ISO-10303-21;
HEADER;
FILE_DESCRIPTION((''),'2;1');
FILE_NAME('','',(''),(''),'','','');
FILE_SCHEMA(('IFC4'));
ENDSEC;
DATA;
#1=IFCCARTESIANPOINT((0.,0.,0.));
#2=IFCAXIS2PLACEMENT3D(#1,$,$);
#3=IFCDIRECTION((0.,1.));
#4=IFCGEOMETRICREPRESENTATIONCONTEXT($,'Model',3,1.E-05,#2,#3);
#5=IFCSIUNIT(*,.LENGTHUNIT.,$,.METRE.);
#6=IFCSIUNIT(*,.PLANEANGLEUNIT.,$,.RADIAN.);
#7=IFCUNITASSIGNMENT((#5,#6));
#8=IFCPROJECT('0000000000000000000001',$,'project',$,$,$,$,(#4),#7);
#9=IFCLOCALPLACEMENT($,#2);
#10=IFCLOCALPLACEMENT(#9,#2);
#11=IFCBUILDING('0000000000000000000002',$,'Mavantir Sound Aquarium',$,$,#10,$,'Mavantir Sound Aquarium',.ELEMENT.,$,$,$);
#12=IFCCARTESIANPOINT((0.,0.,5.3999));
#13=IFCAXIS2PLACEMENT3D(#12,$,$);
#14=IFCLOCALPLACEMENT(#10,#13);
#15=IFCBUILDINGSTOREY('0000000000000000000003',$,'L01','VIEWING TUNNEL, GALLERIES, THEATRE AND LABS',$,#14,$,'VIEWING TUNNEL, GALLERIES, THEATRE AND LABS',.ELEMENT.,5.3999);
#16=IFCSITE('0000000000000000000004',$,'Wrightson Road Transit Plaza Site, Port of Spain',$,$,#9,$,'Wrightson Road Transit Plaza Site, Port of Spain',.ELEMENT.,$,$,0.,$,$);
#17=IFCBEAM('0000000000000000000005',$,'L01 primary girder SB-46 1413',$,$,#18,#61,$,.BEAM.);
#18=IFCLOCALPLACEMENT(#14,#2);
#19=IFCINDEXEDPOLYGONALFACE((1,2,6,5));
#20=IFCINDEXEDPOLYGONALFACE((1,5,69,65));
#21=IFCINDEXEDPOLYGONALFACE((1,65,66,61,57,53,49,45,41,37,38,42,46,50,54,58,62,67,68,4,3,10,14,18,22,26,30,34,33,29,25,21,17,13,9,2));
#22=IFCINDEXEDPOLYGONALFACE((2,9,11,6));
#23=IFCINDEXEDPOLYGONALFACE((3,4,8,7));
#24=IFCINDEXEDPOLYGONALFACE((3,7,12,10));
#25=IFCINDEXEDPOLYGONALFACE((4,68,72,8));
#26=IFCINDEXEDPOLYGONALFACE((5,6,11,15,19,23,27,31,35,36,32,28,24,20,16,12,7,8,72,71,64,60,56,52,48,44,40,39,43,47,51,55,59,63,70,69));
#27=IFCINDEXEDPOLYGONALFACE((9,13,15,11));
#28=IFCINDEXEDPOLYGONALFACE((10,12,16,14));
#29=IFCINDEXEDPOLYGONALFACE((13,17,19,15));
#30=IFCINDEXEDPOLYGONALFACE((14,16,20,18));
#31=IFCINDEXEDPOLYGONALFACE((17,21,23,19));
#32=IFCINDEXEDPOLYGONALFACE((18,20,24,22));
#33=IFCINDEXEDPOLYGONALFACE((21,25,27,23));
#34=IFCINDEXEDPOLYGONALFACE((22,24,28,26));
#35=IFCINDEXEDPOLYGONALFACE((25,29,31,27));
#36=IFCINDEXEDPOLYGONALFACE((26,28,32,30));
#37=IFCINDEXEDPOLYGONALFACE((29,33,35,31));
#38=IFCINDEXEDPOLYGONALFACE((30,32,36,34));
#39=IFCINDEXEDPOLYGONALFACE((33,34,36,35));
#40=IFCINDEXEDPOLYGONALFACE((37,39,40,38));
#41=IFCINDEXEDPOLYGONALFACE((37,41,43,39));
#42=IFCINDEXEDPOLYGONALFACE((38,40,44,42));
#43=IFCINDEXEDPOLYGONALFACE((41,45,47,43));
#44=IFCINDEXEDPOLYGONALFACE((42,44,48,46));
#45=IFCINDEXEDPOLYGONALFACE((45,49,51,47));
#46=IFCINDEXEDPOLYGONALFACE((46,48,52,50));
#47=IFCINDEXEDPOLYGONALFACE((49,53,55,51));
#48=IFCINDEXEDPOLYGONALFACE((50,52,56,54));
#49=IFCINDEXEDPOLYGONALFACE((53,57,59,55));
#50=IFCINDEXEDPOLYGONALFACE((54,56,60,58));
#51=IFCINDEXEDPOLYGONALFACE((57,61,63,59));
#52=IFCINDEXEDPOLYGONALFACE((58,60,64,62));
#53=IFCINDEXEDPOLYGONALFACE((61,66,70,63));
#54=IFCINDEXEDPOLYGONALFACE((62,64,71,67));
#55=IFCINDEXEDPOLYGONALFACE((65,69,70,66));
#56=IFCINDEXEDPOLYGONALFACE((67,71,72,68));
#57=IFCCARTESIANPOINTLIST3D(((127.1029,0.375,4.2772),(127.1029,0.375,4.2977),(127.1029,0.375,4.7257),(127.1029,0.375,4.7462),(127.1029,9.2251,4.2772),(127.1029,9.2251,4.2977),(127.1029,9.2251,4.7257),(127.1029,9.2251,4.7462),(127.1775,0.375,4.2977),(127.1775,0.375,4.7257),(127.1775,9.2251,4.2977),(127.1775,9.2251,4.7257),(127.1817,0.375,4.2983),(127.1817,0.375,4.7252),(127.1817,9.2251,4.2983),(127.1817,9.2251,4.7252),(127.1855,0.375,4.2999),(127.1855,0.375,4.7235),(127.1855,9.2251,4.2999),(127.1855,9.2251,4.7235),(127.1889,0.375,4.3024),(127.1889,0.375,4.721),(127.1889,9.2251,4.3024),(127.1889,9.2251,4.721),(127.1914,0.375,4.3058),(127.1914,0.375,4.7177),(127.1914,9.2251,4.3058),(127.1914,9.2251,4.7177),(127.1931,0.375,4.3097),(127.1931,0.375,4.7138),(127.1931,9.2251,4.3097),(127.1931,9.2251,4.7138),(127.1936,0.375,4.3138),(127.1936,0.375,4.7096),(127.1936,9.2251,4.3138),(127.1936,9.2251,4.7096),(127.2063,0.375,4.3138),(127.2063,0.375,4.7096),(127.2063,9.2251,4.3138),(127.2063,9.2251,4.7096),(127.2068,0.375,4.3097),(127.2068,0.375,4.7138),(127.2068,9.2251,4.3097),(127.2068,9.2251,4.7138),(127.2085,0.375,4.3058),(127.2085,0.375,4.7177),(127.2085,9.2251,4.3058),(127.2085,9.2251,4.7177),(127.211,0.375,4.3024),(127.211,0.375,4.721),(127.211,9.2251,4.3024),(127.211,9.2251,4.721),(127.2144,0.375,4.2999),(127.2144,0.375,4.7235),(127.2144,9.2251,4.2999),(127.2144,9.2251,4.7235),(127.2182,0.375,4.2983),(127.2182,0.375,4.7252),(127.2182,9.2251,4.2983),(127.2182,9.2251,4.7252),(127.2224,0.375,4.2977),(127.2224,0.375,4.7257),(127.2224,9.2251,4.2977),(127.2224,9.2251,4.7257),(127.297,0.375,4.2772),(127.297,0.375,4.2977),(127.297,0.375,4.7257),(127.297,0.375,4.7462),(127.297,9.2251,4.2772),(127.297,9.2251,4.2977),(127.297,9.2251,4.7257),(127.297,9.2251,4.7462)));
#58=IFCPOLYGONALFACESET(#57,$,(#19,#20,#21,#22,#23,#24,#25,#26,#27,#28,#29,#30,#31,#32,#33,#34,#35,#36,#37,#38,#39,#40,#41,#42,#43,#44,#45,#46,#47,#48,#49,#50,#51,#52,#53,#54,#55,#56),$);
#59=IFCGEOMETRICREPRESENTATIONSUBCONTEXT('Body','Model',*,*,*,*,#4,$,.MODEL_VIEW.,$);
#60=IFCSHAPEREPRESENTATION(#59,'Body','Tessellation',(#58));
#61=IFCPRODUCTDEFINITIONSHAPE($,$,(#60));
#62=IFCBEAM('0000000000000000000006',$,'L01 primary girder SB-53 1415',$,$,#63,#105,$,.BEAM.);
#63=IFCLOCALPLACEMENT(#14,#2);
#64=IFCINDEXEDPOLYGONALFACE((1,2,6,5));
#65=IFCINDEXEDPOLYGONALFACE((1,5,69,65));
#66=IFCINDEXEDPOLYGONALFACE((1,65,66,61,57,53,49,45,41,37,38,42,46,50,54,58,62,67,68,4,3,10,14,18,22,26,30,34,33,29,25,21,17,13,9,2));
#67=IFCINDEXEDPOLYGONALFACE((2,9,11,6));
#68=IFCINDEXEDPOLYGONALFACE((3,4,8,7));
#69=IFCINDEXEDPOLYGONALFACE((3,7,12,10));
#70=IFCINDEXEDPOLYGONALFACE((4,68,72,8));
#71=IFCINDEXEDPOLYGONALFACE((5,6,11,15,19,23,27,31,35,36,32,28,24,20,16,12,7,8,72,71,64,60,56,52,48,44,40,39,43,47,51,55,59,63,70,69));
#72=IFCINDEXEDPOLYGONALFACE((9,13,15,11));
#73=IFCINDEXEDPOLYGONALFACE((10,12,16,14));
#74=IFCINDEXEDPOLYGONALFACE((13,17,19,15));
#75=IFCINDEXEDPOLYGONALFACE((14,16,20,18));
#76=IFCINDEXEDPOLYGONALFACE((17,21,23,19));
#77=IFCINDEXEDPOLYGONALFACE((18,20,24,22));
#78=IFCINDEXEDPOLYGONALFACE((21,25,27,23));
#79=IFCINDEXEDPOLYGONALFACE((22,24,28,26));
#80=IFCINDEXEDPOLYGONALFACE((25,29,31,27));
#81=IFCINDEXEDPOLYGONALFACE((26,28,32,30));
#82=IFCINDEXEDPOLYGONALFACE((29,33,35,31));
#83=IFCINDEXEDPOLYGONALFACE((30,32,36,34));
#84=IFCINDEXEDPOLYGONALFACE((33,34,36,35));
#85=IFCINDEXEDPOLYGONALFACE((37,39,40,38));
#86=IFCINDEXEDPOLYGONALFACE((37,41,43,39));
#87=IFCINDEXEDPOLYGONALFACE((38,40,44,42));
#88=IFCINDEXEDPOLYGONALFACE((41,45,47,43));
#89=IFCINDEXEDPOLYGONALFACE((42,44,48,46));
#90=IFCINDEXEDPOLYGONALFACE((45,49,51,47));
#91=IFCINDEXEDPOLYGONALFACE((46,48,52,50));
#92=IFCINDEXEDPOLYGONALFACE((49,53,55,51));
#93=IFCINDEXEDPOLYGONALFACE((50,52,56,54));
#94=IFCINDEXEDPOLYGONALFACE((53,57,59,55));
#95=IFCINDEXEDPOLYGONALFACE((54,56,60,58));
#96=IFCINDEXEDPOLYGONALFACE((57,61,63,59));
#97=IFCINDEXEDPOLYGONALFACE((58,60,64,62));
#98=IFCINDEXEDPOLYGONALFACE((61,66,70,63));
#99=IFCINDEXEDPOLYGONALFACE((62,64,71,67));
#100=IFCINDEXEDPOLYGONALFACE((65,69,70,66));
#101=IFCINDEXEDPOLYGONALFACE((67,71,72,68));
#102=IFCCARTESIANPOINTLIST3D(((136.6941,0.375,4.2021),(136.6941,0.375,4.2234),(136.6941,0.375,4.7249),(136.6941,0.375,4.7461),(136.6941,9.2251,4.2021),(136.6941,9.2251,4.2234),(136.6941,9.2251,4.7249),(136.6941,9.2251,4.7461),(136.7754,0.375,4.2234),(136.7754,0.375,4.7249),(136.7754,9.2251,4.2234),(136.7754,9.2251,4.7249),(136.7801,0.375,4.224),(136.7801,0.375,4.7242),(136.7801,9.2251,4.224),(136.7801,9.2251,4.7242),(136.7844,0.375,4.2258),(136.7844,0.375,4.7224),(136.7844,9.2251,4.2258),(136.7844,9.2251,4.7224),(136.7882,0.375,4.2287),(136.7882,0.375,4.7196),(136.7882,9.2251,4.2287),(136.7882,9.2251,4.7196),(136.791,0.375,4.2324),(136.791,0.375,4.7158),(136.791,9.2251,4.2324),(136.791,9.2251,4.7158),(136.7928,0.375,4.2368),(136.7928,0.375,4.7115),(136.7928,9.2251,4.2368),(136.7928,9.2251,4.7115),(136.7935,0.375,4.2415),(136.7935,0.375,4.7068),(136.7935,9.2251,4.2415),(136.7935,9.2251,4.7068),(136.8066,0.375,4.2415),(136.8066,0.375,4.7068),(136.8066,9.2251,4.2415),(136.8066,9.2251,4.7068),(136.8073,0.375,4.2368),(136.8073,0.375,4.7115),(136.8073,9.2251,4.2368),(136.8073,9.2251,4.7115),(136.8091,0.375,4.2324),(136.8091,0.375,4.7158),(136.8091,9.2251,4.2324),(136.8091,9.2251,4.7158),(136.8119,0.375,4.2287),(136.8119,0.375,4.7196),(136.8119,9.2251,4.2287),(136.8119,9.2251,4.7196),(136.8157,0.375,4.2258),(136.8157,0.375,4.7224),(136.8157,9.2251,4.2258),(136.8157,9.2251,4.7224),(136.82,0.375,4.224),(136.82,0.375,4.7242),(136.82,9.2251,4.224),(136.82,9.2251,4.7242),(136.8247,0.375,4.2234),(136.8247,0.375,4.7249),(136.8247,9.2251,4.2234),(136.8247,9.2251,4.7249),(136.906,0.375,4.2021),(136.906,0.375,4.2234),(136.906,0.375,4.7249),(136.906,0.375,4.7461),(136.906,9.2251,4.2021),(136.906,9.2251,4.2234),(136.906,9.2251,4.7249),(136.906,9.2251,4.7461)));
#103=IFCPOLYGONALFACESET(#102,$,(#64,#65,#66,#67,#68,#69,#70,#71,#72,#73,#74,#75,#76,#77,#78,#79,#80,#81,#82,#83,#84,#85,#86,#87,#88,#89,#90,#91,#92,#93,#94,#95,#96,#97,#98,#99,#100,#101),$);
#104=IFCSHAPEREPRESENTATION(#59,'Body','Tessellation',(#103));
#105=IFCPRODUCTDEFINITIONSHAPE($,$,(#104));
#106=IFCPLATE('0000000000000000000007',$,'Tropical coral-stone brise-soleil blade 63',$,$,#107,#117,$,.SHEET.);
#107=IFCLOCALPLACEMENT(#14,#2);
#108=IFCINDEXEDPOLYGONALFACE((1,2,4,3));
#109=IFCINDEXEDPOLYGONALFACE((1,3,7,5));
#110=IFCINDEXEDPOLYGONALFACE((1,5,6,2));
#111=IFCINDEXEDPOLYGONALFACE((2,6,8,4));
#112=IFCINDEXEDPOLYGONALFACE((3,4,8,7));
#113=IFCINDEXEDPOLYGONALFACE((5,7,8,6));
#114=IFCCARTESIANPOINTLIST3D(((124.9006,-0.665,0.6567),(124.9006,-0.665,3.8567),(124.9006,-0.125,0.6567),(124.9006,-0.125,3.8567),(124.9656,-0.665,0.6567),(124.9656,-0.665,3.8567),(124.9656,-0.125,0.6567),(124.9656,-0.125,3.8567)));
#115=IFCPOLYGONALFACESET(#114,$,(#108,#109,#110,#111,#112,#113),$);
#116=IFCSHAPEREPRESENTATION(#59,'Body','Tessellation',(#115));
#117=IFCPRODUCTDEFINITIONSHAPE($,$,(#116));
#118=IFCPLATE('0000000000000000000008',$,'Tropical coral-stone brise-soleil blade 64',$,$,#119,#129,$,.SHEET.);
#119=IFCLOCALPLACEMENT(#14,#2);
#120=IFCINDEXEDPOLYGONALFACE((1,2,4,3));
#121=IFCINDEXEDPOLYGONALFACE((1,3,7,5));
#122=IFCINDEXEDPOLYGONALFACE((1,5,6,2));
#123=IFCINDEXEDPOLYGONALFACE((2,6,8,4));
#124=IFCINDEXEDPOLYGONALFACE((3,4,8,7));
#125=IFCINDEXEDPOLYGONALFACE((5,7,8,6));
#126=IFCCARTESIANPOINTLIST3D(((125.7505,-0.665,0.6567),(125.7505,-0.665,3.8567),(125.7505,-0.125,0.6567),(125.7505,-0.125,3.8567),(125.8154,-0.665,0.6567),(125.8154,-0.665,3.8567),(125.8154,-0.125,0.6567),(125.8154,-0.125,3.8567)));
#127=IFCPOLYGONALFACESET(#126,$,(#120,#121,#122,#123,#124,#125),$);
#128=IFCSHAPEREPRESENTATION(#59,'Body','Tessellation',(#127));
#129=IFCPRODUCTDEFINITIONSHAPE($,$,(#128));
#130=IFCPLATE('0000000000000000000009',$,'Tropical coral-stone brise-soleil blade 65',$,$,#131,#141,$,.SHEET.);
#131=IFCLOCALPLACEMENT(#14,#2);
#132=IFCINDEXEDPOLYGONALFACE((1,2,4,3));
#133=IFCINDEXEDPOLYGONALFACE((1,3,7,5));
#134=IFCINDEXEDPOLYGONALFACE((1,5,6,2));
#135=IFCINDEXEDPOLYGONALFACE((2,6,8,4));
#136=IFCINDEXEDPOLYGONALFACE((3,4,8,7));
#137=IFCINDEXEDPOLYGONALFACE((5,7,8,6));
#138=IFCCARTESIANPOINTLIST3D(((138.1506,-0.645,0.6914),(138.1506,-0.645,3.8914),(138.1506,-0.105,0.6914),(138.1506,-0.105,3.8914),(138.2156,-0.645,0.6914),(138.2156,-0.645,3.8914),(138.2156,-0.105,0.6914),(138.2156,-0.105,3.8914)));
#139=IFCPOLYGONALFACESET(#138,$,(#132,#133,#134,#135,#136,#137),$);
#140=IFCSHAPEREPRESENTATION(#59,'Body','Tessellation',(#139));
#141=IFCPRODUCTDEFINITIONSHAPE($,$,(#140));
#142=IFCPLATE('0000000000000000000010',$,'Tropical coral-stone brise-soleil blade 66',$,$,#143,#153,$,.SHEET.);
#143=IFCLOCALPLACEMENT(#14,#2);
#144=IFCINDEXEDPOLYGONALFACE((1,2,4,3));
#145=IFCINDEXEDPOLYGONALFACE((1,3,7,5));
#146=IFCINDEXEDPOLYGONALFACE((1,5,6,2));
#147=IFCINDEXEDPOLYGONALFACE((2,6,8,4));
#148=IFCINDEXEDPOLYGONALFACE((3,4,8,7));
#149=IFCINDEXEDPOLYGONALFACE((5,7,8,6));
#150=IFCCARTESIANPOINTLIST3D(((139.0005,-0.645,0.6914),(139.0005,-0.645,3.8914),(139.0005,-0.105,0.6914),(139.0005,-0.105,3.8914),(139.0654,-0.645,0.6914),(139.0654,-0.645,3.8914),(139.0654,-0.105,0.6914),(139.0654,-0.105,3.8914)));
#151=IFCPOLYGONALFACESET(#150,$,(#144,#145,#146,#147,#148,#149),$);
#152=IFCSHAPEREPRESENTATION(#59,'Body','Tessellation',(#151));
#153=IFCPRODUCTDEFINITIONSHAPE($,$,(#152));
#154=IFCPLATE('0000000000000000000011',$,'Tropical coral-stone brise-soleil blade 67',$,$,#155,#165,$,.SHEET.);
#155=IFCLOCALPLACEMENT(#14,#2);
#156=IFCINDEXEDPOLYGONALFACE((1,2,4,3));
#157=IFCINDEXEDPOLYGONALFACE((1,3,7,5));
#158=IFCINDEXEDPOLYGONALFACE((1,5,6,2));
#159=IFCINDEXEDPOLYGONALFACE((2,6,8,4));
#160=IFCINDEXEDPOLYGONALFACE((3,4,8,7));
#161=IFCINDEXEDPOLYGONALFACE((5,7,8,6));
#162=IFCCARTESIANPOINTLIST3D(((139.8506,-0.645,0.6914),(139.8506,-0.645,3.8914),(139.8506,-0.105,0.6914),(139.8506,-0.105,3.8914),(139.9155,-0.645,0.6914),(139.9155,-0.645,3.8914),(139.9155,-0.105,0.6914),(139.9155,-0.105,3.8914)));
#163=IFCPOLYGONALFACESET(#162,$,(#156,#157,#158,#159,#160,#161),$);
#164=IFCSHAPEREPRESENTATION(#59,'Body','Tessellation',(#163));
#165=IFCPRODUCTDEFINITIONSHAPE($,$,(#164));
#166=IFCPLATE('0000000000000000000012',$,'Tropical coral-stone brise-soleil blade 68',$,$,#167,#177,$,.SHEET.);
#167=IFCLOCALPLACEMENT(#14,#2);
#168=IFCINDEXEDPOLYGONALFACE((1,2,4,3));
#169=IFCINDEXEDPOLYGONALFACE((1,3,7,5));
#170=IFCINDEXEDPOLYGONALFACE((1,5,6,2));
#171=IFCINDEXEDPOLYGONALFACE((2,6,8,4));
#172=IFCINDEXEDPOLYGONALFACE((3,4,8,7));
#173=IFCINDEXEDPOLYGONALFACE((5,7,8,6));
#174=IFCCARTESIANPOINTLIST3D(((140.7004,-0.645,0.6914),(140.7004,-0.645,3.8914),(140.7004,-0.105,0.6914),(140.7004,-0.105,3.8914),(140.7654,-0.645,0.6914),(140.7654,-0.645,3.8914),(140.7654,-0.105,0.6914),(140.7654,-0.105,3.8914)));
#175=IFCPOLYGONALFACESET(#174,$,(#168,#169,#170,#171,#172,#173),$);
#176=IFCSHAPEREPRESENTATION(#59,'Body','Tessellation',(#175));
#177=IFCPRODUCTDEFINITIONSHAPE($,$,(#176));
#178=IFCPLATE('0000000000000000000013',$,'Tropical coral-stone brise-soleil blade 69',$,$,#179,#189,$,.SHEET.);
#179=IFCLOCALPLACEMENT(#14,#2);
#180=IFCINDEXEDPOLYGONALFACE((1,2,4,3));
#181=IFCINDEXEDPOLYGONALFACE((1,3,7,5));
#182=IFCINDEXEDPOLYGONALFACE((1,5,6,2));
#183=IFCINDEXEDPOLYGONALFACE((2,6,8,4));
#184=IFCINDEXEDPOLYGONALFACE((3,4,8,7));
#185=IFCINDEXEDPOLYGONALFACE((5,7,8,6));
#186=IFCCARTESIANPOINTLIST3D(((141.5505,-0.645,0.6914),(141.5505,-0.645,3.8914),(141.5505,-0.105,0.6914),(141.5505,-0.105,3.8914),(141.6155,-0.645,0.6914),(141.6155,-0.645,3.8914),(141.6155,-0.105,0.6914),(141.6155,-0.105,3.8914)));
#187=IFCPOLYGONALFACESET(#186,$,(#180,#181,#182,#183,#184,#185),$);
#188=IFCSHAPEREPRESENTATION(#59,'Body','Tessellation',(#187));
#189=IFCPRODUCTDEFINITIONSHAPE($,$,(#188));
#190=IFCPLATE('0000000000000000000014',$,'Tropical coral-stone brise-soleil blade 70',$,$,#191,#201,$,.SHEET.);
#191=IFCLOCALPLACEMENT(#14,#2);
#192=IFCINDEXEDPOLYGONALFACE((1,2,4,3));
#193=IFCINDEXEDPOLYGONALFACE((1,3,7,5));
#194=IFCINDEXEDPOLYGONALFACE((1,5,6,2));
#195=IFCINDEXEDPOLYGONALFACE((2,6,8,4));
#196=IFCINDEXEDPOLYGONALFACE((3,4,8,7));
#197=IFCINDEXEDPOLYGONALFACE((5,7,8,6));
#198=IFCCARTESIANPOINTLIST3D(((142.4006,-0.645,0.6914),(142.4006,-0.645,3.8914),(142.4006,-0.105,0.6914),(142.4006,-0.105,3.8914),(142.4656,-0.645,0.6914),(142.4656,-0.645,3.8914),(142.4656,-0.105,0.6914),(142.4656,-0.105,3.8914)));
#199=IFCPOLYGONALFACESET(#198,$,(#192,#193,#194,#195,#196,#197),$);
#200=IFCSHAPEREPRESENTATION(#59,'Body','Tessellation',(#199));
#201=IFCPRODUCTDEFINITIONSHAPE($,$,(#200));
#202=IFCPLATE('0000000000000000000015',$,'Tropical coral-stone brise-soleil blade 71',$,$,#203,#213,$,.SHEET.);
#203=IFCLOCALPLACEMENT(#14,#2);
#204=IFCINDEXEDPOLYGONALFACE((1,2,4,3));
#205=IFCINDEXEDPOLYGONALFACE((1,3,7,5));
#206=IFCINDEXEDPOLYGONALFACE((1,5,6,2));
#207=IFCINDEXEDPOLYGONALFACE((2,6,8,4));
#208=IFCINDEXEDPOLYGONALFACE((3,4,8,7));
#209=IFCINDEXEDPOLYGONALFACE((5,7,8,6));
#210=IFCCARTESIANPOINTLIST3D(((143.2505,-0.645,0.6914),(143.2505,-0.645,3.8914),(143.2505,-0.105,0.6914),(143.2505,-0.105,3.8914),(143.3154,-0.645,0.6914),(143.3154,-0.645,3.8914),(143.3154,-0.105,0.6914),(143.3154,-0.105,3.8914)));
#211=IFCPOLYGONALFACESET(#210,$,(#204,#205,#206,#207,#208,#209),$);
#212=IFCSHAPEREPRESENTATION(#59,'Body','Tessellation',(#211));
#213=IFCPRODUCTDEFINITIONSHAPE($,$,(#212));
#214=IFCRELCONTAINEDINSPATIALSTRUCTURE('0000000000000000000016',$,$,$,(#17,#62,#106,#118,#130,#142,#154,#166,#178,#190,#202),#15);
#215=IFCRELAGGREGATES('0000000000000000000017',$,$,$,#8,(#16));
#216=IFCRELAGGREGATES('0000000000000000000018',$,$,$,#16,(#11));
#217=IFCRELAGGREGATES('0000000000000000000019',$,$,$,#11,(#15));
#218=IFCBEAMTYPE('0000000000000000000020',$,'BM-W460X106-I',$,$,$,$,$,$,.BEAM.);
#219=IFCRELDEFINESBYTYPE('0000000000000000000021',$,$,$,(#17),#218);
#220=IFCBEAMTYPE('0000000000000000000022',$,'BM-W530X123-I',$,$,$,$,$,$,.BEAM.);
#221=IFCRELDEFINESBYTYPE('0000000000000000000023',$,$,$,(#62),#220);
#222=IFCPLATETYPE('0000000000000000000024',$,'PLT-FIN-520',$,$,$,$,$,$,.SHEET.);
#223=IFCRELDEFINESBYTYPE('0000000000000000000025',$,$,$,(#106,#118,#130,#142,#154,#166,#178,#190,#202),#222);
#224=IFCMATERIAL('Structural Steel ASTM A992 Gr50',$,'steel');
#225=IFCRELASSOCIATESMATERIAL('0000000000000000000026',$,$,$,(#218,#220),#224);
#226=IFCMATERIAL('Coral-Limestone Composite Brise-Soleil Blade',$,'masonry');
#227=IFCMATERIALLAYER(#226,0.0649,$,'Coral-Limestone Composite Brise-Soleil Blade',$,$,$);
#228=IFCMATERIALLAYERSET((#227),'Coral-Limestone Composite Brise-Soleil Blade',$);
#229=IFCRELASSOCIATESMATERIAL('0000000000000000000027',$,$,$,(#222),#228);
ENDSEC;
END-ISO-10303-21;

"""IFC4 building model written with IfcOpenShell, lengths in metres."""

from ifc_helpers import new_model, si_unit, direction, frame, origin, origin_2d, place, context, subcontext, project, spatial, rectangle, i_section, extrude, material, layer, layer_set, material_profile, profile_set, type_object, element, save


model = new_model("IFC4")

# Units and contexts
model_context = context("Model", 3, precision=1e-05, world=origin(), true_north=direction((0.0, 1.0)))
body_context = subcontext(model_context, "Body", "Model", "MODEL_VIEW")
ifc_project = project(units=[si_unit("LENGTHUNIT", "METRE"), si_unit("PLANEANGLEUNIT", "RADIAN")], contexts=[model_context])

# Site, building, storey
site_placement = place(None, origin())
site = spatial("IfcSite", under=ifc_project, at=site_placement, Name="Wrightson Road Transit Plaza Site, Port of Spain", LongName="Wrightson Road Transit Plaza Site, Port of Spain", CompositionType="ELEMENT", RefElevation=0.0)
building_placement = place(site_placement, origin())
building = spatial("IfcBuilding", under=site, at=building_placement, Name="Mavantir Sound Aquarium", LongName="Mavantir Sound Aquarium", CompositionType="ELEMENT")
storey_placement = place(building_placement, frame((0.0, 0.0, 5.3999)))
storey = spatial("IfcBuildingStorey", under=building, at=storey_placement, Name="L01", Description="VIEWING TUNNEL, GALLERIES, THEATRE AND LABS", LongName="VIEWING TUNNEL, GALLERIES, THEATRE AND LABS", CompositionType="ELEMENT", Elevation=5.3999)

# Beams
ifc_material_1 = material(Name="Structural Steel ASTM A992 Gr50", Category="steel")
ifc_material_profile_1 = material_profile(ifc_material_1, i_section(OverallWidth=0.1941, OverallDepth=0.469, WebThickness=0.0127, FlangeThickness=0.0205, FilletRadius=0.0161, at=origin_2d()), Name="W460X106")
ifc_profile_set_1 = profile_set([ifc_material_profile_1], Name="Structural Steel ASTM A992 Gr50")
beam_type_1 = type_object("IfcBeamType", Name="BM-W460X106-I", PredefinedType="BEAM", material=ifc_profile_set_1)
beam_1_placement = place(storey_placement, frame((127.2, 0.375, 4.5117), z_axis=(0.0, 1.0, 0.0), x_axis=(-1.0, 0.0, 0.0)))
element("IfcBeam", 1, at=beam_1_placement, inside=storey, type_object=beam_type_1, Name="L01 primary girder SB-46 1413", PredefinedType="BEAM", context=body_context, shape_type="SweptSolid", body=[
    extrude(i_section(OverallWidth=0.1941, OverallDepth=0.469, WebThickness=0.0127, FlangeThickness=0.0205, FilletRadius=0.0161, at=origin_2d()), origin(), (0.0, 0.0, 1.0), 8.8501),
])
ifc_material_profile_2 = material_profile(ifc_material_1, i_section(OverallWidth=0.2119, OverallDepth=0.5439, WebThickness=0.0132, FlangeThickness=0.0212, FilletRadius=0.0181, at=origin_2d()), Name="W530X123")
ifc_profile_set_2 = profile_set([ifc_material_profile_2], Name="Structural Steel ASTM A992 Gr50")
beam_type_2 = type_object("IfcBeamType", Name="BM-W530X123-I", PredefinedType="BEAM", material=ifc_profile_set_2)
beam_2_placement = place(storey_placement, frame((136.8, 0.375, 4.4741), z_axis=(0.0, 1.0, 0.0), x_axis=(-1.0, 0.0, 0.0)))
element("IfcBeam", 2, at=beam_2_placement, inside=storey, type_object=beam_type_2, Name="L01 primary girder SB-53 1415", PredefinedType="BEAM", context=body_context, shape_type="SweptSolid", body=[
    extrude(i_section(OverallWidth=0.2119, OverallDepth=0.5439, WebThickness=0.0132, FlangeThickness=0.0212, FilletRadius=0.0181, at=origin_2d()), origin(), (0.0, 0.0, 1.0), 8.8501),
])

# Plates
ifc_material_2 = material(Name="Coral-Limestone Composite Brise-Soleil Blade", Category="masonry")
ifc_layer_1 = layer(ifc_material_2, 0.0649, Name="Coral-Limestone Composite Brise-Soleil Blade")
ifc_layer_set_1 = layer_set([ifc_layer_1], Name="Coral-Limestone Composite Brise-Soleil Blade")
plate_type = type_object("IfcPlateType", Name="PLT-FIN-520", PredefinedType="SHEET", material=ifc_layer_set_1)
for number, where, z_axis, x_axis, name in (
    (3, (124.9331, -0.395, 0.6567), (0.0, 0.0, 1.0), (-1.0, 0.0, 0.0), "Tropical coral-stone brise-soleil blade 63"),
    (4, (125.783, -0.395, 0.6567), (0.0, 0.0, 1.0), (-1.0, 0.0, 0.0), "Tropical coral-stone brise-soleil blade 64"),
    (5, (138.1831, -0.375, 0.6914), (0.0, 0.0, 1.0), (-1.0, 0.0, 0.0), "Tropical coral-stone brise-soleil blade 65"),
    (6, (139.033, -0.375, 0.6914), (0.0, 0.0, 1.0), (-1.0, 0.0, 0.0), "Tropical coral-stone brise-soleil blade 66"),
    (7, (139.8831, -0.375, 0.6914), (0.0, 0.0, 1.0), (-1.0, 0.0, 0.0), "Tropical coral-stone brise-soleil blade 67"),
    (8, (140.7329, -0.375, 0.6914), (0.0, 0.0, 1.0), (-1.0, 0.0, 0.0), "Tropical coral-stone brise-soleil blade 68"),
    (9, (141.583, -0.375, 0.6914), (0.0, 0.0, 1.0), (-1.0, 0.0, 0.0), "Tropical coral-stone brise-soleil blade 69"),
    (10, (142.4331, -0.375, 0.6914), (0.0, 0.0, 1.0), (-1.0, 0.0, 0.0), "Tropical coral-stone brise-soleil blade 70"),
    (11, (143.283, -0.375, 0.6914), (0.0, 0.0, 1.0), (-1.0, 0.0, 0.0), "Tropical coral-stone brise-soleil blade 71"),
):
    element("IfcPlate", number, at=place(storey_placement, frame(where, z_axis=z_axis, x_axis=x_axis)), inside=storey, type_object=plate_type, Name=name, PredefinedType="SHEET", context=body_context, shape_type="SweptSolid", body=[
        extrude(rectangle(XDim=0.0649, YDim=0.54, at=origin_2d()), origin(), (0.0, 0.0, 1.0), 3.2),
    ])

save(model, "model.ifc")
